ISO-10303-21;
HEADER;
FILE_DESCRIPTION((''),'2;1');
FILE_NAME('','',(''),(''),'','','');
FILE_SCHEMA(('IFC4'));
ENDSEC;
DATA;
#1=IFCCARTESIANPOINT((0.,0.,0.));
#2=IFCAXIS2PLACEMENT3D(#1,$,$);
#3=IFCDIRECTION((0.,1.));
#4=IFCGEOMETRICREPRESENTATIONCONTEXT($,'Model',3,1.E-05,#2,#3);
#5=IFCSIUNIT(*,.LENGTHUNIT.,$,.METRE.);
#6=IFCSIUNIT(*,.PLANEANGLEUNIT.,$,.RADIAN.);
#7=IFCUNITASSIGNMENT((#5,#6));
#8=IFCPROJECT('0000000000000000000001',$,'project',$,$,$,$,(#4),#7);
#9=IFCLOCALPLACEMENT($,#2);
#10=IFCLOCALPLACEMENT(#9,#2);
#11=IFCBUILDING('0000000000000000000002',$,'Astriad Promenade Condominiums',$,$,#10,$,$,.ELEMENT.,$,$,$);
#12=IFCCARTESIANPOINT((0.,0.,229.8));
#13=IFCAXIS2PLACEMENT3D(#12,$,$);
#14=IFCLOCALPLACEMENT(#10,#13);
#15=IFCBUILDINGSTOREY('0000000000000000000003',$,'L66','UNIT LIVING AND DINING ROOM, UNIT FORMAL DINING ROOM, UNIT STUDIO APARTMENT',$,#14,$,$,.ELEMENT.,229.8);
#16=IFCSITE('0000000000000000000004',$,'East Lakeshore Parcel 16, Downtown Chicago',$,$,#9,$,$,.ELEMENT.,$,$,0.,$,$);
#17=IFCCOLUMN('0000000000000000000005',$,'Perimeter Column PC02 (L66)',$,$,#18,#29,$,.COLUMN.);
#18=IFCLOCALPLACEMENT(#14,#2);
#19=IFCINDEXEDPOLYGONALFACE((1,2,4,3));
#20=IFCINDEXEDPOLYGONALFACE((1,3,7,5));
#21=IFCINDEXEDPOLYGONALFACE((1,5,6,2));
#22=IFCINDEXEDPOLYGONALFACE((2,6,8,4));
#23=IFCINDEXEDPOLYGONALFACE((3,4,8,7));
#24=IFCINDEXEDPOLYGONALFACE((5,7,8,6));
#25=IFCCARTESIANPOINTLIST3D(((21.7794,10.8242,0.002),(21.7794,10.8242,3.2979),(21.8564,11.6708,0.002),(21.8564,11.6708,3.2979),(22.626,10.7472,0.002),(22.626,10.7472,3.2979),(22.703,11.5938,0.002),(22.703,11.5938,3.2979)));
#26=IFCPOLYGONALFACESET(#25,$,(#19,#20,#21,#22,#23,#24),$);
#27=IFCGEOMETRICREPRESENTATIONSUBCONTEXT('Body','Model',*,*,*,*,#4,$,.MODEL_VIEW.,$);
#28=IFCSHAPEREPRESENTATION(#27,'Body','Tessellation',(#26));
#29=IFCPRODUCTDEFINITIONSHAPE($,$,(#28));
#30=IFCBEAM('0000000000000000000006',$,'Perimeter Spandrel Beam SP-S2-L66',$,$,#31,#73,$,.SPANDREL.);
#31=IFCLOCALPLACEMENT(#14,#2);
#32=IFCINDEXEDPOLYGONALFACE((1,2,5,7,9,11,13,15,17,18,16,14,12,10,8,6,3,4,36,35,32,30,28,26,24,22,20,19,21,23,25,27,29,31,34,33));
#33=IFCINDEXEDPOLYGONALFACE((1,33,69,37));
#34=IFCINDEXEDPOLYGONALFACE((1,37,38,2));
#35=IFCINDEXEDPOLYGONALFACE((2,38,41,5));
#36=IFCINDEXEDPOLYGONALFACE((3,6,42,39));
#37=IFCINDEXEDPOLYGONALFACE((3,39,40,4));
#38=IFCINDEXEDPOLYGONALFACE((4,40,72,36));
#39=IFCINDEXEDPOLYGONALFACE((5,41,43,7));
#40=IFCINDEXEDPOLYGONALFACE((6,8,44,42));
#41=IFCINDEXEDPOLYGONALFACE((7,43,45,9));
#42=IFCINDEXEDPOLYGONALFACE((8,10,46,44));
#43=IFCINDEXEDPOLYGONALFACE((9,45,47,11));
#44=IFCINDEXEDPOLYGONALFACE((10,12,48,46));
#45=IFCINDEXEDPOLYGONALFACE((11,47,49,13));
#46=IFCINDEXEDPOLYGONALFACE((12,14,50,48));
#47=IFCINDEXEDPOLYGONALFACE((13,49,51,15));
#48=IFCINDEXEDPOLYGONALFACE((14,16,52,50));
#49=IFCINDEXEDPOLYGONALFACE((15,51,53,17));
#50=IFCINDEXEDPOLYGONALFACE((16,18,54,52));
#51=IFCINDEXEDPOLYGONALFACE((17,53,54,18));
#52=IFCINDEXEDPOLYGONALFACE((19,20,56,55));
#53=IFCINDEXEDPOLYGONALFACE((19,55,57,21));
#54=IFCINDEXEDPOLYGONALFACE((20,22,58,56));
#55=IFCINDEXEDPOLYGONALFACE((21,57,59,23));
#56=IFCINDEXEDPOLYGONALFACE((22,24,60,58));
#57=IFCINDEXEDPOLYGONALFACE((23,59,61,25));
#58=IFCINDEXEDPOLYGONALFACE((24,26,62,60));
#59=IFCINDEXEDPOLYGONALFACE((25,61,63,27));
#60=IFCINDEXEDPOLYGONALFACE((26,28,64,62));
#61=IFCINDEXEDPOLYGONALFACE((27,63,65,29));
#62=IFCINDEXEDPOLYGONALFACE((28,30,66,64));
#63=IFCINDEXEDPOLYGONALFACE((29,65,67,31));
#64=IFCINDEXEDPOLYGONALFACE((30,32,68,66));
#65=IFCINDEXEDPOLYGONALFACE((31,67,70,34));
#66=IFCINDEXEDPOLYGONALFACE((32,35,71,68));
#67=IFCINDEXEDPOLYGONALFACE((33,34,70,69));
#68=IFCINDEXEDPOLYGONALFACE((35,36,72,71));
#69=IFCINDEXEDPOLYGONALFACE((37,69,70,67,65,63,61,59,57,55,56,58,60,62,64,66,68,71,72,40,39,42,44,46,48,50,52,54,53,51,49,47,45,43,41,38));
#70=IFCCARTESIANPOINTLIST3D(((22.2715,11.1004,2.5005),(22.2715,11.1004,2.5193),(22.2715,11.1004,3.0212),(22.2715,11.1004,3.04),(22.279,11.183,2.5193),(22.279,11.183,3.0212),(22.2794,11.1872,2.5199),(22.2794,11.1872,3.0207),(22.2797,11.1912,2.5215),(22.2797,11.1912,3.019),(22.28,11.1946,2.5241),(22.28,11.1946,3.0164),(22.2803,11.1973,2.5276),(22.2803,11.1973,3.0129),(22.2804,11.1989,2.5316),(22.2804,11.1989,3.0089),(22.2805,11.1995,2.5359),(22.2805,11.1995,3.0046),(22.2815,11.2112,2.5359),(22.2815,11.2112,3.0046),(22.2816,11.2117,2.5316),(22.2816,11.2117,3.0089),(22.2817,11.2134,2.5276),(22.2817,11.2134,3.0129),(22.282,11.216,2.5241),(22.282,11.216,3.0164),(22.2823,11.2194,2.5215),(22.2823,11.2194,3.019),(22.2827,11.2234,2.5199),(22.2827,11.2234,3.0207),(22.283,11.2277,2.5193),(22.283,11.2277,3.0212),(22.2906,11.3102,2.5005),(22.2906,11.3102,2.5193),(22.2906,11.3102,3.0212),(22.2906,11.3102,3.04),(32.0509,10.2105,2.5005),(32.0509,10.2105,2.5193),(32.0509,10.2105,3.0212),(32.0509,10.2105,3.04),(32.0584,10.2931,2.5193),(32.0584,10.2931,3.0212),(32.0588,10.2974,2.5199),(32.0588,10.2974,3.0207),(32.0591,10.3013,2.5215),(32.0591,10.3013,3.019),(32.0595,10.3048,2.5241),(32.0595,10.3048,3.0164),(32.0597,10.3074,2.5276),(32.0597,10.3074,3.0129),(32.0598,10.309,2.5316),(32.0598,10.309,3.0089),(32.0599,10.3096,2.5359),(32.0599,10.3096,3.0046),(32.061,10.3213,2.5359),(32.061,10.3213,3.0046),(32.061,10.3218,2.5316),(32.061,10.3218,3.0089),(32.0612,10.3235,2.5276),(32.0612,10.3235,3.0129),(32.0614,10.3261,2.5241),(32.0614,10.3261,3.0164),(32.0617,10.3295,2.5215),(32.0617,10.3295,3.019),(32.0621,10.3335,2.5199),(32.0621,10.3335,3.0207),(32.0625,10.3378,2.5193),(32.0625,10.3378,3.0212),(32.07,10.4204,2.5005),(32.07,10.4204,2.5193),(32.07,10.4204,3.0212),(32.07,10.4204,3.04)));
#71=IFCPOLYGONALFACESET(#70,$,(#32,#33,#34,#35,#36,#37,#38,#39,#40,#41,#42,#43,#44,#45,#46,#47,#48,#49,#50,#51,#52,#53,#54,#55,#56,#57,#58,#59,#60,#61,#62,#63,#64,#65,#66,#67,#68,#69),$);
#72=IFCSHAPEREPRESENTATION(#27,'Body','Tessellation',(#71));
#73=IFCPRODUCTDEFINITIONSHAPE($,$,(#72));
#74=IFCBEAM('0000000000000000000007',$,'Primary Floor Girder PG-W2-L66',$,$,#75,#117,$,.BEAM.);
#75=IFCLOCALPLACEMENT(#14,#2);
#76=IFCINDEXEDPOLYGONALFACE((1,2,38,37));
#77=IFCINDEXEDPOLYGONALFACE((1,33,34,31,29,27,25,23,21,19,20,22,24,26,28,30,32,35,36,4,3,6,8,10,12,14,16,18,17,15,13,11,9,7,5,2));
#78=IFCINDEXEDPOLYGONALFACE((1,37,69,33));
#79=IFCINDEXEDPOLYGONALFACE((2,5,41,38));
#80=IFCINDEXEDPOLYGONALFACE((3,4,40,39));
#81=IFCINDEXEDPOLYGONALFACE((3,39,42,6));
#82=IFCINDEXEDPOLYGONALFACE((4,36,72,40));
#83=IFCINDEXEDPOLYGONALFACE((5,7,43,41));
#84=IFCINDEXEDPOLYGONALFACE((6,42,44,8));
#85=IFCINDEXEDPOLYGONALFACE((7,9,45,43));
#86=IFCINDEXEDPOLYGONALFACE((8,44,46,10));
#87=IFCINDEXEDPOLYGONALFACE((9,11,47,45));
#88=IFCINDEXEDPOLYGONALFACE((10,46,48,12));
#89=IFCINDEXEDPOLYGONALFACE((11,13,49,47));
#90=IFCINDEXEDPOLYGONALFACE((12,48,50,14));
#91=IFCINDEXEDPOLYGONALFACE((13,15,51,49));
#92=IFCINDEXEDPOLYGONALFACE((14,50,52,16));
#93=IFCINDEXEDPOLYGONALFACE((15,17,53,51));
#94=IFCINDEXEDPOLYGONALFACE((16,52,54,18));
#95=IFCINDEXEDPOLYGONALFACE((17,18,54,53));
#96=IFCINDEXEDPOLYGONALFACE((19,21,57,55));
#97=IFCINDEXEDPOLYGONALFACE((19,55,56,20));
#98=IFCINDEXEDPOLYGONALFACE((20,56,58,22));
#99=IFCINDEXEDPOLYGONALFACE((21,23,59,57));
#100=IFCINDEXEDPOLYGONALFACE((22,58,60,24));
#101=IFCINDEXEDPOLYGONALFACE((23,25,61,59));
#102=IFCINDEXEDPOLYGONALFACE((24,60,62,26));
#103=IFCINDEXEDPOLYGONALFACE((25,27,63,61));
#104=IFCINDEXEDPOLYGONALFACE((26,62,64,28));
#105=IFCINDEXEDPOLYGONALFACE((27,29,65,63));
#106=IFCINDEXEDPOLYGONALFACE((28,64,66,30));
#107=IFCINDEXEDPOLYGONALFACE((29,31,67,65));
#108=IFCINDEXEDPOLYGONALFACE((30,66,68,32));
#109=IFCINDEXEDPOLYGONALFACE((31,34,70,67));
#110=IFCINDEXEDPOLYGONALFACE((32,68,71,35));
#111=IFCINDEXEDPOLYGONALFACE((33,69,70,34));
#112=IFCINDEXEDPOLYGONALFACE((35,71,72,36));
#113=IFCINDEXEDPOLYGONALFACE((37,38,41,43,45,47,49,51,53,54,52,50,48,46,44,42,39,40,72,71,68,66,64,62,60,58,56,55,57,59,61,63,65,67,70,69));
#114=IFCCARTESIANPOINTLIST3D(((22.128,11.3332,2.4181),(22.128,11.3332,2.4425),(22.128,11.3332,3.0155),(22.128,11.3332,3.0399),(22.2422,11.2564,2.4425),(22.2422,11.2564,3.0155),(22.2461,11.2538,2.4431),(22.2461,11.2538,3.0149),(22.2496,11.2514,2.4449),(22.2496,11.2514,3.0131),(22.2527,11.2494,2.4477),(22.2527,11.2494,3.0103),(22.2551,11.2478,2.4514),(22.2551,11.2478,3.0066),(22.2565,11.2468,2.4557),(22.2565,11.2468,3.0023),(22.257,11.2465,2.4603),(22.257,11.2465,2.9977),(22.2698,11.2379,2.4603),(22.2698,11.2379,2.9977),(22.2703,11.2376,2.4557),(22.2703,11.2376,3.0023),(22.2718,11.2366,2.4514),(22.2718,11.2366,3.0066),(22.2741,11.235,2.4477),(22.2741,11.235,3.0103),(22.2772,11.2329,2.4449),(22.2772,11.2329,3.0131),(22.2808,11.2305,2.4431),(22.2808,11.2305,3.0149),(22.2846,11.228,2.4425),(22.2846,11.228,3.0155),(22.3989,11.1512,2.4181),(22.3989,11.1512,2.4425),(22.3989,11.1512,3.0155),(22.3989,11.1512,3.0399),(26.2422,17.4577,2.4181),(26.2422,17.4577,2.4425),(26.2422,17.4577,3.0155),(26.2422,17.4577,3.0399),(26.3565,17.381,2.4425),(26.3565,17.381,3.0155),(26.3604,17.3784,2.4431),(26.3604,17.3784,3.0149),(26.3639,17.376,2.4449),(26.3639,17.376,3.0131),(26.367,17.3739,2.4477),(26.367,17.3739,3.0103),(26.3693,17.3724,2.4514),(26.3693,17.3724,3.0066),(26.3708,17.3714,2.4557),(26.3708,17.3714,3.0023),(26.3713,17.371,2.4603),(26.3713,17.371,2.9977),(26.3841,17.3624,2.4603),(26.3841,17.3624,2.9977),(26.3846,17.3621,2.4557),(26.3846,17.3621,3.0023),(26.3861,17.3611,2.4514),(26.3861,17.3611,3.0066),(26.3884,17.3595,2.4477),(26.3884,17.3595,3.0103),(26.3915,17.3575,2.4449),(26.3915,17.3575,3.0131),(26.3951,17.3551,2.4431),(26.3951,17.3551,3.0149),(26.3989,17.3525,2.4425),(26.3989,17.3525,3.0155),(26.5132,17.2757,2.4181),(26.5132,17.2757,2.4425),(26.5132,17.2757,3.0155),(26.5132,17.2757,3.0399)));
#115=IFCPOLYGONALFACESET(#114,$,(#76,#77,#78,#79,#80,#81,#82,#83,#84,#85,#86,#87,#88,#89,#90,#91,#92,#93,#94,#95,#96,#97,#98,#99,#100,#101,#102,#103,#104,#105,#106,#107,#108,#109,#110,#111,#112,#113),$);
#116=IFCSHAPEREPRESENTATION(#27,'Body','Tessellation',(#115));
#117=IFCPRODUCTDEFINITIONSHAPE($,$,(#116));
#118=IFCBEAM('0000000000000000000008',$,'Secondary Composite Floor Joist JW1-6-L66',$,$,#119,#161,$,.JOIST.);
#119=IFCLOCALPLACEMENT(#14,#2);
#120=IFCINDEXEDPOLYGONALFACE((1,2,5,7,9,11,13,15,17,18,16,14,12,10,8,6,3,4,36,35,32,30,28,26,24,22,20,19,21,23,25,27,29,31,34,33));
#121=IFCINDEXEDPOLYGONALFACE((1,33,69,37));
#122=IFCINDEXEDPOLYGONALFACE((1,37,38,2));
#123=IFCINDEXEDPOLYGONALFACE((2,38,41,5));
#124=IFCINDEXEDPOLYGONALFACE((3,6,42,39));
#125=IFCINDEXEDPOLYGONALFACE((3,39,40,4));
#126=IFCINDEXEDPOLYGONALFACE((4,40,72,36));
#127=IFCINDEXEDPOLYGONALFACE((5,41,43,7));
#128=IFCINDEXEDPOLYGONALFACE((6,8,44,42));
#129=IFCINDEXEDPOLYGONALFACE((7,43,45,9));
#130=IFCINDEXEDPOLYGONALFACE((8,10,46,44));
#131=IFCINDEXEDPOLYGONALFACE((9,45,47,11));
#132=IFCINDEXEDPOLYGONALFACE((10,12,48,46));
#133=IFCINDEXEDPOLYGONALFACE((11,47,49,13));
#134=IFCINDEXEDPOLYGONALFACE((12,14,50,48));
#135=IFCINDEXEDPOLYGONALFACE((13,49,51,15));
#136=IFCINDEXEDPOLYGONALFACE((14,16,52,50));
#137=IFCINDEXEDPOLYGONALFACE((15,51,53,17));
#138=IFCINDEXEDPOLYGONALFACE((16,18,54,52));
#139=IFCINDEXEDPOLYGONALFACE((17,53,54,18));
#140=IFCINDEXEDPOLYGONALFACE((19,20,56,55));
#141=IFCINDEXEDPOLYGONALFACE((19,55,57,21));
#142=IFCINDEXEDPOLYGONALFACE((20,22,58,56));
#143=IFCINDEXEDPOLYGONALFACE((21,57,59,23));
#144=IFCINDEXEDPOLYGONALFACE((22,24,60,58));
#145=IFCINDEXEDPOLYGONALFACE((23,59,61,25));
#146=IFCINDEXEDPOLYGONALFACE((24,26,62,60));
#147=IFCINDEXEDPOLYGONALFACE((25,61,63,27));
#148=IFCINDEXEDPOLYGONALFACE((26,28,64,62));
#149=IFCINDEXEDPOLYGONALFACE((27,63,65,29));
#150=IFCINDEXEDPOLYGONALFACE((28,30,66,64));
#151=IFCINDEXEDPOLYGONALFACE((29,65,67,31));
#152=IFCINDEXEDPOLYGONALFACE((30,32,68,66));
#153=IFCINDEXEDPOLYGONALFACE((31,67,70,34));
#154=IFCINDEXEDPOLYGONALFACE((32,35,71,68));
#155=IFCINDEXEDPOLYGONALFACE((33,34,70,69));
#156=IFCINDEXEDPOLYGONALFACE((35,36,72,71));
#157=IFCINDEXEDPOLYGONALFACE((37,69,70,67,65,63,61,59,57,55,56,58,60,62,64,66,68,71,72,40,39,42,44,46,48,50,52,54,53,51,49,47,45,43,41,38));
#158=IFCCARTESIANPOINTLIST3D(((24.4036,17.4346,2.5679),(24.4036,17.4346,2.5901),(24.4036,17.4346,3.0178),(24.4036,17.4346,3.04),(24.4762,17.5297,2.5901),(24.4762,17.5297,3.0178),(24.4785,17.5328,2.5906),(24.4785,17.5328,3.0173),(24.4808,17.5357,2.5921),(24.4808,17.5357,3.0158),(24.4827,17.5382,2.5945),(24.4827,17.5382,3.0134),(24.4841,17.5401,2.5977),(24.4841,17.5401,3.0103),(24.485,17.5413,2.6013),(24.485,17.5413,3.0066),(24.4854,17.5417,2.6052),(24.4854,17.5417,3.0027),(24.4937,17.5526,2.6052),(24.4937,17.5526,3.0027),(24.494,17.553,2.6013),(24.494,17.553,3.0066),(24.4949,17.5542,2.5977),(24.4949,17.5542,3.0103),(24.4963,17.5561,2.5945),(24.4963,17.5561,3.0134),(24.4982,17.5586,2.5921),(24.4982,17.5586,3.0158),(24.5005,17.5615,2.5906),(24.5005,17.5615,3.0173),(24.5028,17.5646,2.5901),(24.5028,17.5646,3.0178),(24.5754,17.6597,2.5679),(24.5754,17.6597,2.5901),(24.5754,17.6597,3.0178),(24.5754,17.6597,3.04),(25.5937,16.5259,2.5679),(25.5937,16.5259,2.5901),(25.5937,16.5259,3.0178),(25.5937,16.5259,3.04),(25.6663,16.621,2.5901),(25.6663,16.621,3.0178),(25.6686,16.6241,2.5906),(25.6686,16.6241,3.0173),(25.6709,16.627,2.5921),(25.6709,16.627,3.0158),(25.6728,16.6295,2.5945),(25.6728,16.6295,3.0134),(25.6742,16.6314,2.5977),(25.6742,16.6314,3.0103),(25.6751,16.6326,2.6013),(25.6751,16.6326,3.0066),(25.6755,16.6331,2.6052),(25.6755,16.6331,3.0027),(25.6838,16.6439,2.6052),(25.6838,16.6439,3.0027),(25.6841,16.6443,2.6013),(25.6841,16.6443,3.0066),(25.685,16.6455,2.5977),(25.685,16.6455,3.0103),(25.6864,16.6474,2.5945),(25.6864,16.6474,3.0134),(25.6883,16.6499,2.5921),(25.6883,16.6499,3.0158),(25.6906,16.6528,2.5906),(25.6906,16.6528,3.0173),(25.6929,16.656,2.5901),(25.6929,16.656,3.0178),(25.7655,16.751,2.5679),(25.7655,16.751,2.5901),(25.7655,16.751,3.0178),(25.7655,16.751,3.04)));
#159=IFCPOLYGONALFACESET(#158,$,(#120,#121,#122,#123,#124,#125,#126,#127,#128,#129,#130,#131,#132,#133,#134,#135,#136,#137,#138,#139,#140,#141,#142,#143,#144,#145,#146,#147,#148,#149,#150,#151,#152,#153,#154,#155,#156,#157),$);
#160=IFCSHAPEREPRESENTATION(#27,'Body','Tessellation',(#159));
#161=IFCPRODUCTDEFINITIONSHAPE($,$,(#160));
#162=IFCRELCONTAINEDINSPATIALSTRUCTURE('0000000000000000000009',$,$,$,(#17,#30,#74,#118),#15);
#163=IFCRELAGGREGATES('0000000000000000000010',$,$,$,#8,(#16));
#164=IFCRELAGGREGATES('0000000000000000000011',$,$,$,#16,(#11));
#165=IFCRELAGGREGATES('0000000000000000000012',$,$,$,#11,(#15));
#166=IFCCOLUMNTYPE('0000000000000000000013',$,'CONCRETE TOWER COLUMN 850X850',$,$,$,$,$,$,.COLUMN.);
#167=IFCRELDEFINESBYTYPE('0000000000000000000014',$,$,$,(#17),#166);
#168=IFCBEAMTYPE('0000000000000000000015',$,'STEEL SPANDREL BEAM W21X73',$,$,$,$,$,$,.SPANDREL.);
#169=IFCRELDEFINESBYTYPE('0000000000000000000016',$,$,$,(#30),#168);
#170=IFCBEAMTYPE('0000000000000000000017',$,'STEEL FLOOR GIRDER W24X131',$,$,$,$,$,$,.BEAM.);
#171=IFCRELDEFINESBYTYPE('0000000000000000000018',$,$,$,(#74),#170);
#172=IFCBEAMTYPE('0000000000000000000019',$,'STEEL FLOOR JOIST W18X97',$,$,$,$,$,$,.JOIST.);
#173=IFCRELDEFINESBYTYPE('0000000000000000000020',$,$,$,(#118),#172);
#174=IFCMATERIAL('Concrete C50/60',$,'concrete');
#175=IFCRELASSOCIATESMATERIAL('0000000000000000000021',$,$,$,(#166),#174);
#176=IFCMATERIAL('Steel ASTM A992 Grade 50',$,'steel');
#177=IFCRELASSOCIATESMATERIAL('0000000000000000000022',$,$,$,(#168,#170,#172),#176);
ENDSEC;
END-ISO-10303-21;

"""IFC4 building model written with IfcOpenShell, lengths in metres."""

from ifc_helpers import new_model, si_unit, direction, frame, origin, origin_2d, place, context, subcontext, project, spatial, rectangle, i_section, extrude, source, transform, mapped, material, material_profile, profile_set, type_object, type_shapes, element, save


model = new_model("IFC4")

# Units and contexts
model_context = context("Model", 3, precision=1e-05, world=origin(), true_north=direction((0.0, 1.0)))
body_context = subcontext(model_context, "Body", "Model", "MODEL_VIEW")
ifc_project = project(units=[si_unit("LENGTHUNIT", "METRE"), si_unit("PLANEANGLEUNIT", "RADIAN")], contexts=[model_context])

# Site, building, storey
site_placement = place(None, origin())
site = spatial("IfcSite", under=ifc_project, at=site_placement, Name="East Lakeshore Parcel 16, Downtown Chicago", CompositionType="ELEMENT", RefElevation=0.0)
building_placement = place(site_placement, origin())
building = spatial("IfcBuilding", under=site, at=building_placement, Name="Astriad Promenade Condominiums", CompositionType="ELEMENT")
storey_placement = place(building_placement, frame((0.0, 0.0, 229.8)))
storey = spatial("IfcBuildingStorey", under=building, at=storey_placement, Name="L66", Description="UNIT LIVING AND DINING ROOM, UNIT FORMAL DINING ROOM, UNIT STUDIO APARTMENT", CompositionType="ELEMENT", Elevation=229.8)

# Column
ifc_material_1 = material(Name="Concrete C50/60", Category="concrete")
ifc_material_profile_1 = material_profile(ifc_material_1, rectangle(XDim=0.8501, YDim=0.8501, at=origin_2d()), Name="RC-COL-850X850")
ifc_profile_set_1 = profile_set([ifc_material_profile_1], Name="Concrete C50/60")
column_type = type_object("IfcColumnType", Name="CONCRETE TOWER COLUMN 850X850", PredefinedType="COLUMN", material=ifc_profile_set_1)
shared_shape_1 = source(origin(), body_context, "Body", "SweptSolid", [
    extrude(rectangle(XDim=0.8501, YDim=0.8501, at=origin_2d()), origin(), (0.0, 0.0, 1.0), 3.2959),
])
type_shapes(column_type, [shared_shape_1])
column_placement = place(storey_placement, frame((22.2412, 11.209, 0.002), z_axis=(0.0, 0.0, 1.0), x_axis=(0.995884, -0.090633, 0.0)))
element("IfcColumn", 1, at=column_placement, inside=storey, type_object=column_type, Name="Perimeter Column PC02 (L66)", PredefinedType="COLUMN", context=body_context, shape_type="MappedRepresentation", body=[
    mapped(shared_shape_1, transform((0.0, 0.0, 0.0), scale=1.0)),
])

# Beams
ifc_material_2 = material(Name="Steel ASTM A992 Grade 50", Category="steel")
ifc_material_profile_2 = material_profile(ifc_material_2, i_section(OverallWidth=0.2107, OverallDepth=0.5396, WebThickness=0.0117, FlangeThickness=0.0188, FilletRadius=0.0166, at=origin_2d()), Name="W21X73")
ifc_profile_set_2 = profile_set([ifc_material_profile_2], Name="Steel ASTM A992 Grade 50")
beam_type_1 = type_object("IfcBeamType", Name="STEEL SPANDREL BEAM W21X73", PredefinedType="SPANDREL", material=ifc_profile_set_2)
shared_shape_2 = source(origin(), body_context, "Body", "SweptSolid", [
    extrude(i_section(OverallWidth=0.2107, OverallDepth=0.5396, WebThickness=0.0117, FlangeThickness=0.0188, FilletRadius=0.0166, at=origin_2d()), origin(), (0.0, 0.0, 1.0), 9.8198),
])
type_shapes(beam_type_1, [shared_shape_2])
beam_1_placement = place(storey_placement, frame((22.281, 11.2053, 2.7703), z_axis=(0.995885, -0.090621, 0.0), x_axis=(0.090621, 0.995885, 0.0)))
element("IfcBeam", 2, at=beam_1_placement, inside=storey, type_object=beam_type_1, Name="Perimeter Spandrel Beam SP-S2-L66", PredefinedType="SPANDREL", context=body_context, shape_type="MappedRepresentation", body=[
    mapped(shared_shape_2, transform((0.0, 0.0, 0.0), scale=1.0)),
])
ifc_material_profile_3 = material_profile(ifc_material_2, i_section(OverallWidth=0.3264, OverallDepth=0.6218, WebThickness=0.0154, FlangeThickness=0.0244, FilletRadius=0.0178, at=origin_2d()), Name="W24X131")
ifc_profile_set_3 = profile_set([ifc_material_profile_3], Name="Steel ASTM A992 Grade 50")
beam_type_2 = type_object("IfcBeamType", Name="STEEL FLOOR GIRDER W24X131", PredefinedType="BEAM", material=ifc_profile_set_3)
shared_shape_3 = source(origin(), body_context, "Body", "SweptSolid", [
    extrude(i_section(OverallWidth=0.3264, OverallDepth=0.6218, WebThickness=0.0154, FlangeThickness=0.0244, FilletRadius=0.0178, at=origin_2d()), origin(), (0.0, 0.0, 1.0), 7.3782),
])
type_shapes(beam_type_2, [shared_shape_3])
beam_2_placement = place(storey_placement, frame((22.2634, 11.2422, 2.729), z_axis=(0.557629, 0.83009, 0.0), x_axis=(-0.83009, 0.557629, 0.0)))
element("IfcBeam", 3, at=beam_2_placement, inside=storey, type_object=beam_type_2, Name="Primary Floor Girder PG-W2-L66", PredefinedType="BEAM", context=body_context, shape_type="MappedRepresentation", body=[
    mapped(shared_shape_3, transform((0.0, 0.0, 0.0), scale=1.0)),
])
ifc_material_profile_4 = material_profile(ifc_material_2, i_section(OverallWidth=0.2832, OverallDepth=0.4722, WebThickness=0.0137, FlangeThickness=0.0222, FilletRadius=0.0151, at=origin_2d()), Name="W18X97")
ifc_profile_set_4 = profile_set([ifc_material_profile_4], Name="Steel ASTM A992 Grade 50")
beam_type_3 = type_object("IfcBeamType", Name="STEEL FLOOR JOIST W18X97", PredefinedType="JOIST", material=ifc_profile_set_4)
shared_shape_4 = source(origin(), body_context, "Body", "SweptSolid", [
    extrude(i_section(OverallWidth=0.2832, OverallDepth=0.4722, WebThickness=0.0137, FlangeThickness=0.0222, FilletRadius=0.0151, at=origin_2d()), origin(), (0.0, 0.0, 1.0), 1.4973),
])
beam_3_placement = place(storey_placement, frame((24.4895, 17.5471, 2.804), z_axis=(0.794825, -0.606839, 0.0), x_axis=(0.606839, 0.794825, 0.0)))
element("IfcBeam", 4, at=beam_3_placement, inside=storey, type_object=beam_type_3, Name="Secondary Composite Floor Joist JW1-6-L66", PredefinedType="JOIST", context=body_context, shape_type="MappedRepresentation", body=[
    mapped(shared_shape_4, transform((0.0, 0.0, 0.0), scale=1.0)),
])

save(model, "model.ifc")
